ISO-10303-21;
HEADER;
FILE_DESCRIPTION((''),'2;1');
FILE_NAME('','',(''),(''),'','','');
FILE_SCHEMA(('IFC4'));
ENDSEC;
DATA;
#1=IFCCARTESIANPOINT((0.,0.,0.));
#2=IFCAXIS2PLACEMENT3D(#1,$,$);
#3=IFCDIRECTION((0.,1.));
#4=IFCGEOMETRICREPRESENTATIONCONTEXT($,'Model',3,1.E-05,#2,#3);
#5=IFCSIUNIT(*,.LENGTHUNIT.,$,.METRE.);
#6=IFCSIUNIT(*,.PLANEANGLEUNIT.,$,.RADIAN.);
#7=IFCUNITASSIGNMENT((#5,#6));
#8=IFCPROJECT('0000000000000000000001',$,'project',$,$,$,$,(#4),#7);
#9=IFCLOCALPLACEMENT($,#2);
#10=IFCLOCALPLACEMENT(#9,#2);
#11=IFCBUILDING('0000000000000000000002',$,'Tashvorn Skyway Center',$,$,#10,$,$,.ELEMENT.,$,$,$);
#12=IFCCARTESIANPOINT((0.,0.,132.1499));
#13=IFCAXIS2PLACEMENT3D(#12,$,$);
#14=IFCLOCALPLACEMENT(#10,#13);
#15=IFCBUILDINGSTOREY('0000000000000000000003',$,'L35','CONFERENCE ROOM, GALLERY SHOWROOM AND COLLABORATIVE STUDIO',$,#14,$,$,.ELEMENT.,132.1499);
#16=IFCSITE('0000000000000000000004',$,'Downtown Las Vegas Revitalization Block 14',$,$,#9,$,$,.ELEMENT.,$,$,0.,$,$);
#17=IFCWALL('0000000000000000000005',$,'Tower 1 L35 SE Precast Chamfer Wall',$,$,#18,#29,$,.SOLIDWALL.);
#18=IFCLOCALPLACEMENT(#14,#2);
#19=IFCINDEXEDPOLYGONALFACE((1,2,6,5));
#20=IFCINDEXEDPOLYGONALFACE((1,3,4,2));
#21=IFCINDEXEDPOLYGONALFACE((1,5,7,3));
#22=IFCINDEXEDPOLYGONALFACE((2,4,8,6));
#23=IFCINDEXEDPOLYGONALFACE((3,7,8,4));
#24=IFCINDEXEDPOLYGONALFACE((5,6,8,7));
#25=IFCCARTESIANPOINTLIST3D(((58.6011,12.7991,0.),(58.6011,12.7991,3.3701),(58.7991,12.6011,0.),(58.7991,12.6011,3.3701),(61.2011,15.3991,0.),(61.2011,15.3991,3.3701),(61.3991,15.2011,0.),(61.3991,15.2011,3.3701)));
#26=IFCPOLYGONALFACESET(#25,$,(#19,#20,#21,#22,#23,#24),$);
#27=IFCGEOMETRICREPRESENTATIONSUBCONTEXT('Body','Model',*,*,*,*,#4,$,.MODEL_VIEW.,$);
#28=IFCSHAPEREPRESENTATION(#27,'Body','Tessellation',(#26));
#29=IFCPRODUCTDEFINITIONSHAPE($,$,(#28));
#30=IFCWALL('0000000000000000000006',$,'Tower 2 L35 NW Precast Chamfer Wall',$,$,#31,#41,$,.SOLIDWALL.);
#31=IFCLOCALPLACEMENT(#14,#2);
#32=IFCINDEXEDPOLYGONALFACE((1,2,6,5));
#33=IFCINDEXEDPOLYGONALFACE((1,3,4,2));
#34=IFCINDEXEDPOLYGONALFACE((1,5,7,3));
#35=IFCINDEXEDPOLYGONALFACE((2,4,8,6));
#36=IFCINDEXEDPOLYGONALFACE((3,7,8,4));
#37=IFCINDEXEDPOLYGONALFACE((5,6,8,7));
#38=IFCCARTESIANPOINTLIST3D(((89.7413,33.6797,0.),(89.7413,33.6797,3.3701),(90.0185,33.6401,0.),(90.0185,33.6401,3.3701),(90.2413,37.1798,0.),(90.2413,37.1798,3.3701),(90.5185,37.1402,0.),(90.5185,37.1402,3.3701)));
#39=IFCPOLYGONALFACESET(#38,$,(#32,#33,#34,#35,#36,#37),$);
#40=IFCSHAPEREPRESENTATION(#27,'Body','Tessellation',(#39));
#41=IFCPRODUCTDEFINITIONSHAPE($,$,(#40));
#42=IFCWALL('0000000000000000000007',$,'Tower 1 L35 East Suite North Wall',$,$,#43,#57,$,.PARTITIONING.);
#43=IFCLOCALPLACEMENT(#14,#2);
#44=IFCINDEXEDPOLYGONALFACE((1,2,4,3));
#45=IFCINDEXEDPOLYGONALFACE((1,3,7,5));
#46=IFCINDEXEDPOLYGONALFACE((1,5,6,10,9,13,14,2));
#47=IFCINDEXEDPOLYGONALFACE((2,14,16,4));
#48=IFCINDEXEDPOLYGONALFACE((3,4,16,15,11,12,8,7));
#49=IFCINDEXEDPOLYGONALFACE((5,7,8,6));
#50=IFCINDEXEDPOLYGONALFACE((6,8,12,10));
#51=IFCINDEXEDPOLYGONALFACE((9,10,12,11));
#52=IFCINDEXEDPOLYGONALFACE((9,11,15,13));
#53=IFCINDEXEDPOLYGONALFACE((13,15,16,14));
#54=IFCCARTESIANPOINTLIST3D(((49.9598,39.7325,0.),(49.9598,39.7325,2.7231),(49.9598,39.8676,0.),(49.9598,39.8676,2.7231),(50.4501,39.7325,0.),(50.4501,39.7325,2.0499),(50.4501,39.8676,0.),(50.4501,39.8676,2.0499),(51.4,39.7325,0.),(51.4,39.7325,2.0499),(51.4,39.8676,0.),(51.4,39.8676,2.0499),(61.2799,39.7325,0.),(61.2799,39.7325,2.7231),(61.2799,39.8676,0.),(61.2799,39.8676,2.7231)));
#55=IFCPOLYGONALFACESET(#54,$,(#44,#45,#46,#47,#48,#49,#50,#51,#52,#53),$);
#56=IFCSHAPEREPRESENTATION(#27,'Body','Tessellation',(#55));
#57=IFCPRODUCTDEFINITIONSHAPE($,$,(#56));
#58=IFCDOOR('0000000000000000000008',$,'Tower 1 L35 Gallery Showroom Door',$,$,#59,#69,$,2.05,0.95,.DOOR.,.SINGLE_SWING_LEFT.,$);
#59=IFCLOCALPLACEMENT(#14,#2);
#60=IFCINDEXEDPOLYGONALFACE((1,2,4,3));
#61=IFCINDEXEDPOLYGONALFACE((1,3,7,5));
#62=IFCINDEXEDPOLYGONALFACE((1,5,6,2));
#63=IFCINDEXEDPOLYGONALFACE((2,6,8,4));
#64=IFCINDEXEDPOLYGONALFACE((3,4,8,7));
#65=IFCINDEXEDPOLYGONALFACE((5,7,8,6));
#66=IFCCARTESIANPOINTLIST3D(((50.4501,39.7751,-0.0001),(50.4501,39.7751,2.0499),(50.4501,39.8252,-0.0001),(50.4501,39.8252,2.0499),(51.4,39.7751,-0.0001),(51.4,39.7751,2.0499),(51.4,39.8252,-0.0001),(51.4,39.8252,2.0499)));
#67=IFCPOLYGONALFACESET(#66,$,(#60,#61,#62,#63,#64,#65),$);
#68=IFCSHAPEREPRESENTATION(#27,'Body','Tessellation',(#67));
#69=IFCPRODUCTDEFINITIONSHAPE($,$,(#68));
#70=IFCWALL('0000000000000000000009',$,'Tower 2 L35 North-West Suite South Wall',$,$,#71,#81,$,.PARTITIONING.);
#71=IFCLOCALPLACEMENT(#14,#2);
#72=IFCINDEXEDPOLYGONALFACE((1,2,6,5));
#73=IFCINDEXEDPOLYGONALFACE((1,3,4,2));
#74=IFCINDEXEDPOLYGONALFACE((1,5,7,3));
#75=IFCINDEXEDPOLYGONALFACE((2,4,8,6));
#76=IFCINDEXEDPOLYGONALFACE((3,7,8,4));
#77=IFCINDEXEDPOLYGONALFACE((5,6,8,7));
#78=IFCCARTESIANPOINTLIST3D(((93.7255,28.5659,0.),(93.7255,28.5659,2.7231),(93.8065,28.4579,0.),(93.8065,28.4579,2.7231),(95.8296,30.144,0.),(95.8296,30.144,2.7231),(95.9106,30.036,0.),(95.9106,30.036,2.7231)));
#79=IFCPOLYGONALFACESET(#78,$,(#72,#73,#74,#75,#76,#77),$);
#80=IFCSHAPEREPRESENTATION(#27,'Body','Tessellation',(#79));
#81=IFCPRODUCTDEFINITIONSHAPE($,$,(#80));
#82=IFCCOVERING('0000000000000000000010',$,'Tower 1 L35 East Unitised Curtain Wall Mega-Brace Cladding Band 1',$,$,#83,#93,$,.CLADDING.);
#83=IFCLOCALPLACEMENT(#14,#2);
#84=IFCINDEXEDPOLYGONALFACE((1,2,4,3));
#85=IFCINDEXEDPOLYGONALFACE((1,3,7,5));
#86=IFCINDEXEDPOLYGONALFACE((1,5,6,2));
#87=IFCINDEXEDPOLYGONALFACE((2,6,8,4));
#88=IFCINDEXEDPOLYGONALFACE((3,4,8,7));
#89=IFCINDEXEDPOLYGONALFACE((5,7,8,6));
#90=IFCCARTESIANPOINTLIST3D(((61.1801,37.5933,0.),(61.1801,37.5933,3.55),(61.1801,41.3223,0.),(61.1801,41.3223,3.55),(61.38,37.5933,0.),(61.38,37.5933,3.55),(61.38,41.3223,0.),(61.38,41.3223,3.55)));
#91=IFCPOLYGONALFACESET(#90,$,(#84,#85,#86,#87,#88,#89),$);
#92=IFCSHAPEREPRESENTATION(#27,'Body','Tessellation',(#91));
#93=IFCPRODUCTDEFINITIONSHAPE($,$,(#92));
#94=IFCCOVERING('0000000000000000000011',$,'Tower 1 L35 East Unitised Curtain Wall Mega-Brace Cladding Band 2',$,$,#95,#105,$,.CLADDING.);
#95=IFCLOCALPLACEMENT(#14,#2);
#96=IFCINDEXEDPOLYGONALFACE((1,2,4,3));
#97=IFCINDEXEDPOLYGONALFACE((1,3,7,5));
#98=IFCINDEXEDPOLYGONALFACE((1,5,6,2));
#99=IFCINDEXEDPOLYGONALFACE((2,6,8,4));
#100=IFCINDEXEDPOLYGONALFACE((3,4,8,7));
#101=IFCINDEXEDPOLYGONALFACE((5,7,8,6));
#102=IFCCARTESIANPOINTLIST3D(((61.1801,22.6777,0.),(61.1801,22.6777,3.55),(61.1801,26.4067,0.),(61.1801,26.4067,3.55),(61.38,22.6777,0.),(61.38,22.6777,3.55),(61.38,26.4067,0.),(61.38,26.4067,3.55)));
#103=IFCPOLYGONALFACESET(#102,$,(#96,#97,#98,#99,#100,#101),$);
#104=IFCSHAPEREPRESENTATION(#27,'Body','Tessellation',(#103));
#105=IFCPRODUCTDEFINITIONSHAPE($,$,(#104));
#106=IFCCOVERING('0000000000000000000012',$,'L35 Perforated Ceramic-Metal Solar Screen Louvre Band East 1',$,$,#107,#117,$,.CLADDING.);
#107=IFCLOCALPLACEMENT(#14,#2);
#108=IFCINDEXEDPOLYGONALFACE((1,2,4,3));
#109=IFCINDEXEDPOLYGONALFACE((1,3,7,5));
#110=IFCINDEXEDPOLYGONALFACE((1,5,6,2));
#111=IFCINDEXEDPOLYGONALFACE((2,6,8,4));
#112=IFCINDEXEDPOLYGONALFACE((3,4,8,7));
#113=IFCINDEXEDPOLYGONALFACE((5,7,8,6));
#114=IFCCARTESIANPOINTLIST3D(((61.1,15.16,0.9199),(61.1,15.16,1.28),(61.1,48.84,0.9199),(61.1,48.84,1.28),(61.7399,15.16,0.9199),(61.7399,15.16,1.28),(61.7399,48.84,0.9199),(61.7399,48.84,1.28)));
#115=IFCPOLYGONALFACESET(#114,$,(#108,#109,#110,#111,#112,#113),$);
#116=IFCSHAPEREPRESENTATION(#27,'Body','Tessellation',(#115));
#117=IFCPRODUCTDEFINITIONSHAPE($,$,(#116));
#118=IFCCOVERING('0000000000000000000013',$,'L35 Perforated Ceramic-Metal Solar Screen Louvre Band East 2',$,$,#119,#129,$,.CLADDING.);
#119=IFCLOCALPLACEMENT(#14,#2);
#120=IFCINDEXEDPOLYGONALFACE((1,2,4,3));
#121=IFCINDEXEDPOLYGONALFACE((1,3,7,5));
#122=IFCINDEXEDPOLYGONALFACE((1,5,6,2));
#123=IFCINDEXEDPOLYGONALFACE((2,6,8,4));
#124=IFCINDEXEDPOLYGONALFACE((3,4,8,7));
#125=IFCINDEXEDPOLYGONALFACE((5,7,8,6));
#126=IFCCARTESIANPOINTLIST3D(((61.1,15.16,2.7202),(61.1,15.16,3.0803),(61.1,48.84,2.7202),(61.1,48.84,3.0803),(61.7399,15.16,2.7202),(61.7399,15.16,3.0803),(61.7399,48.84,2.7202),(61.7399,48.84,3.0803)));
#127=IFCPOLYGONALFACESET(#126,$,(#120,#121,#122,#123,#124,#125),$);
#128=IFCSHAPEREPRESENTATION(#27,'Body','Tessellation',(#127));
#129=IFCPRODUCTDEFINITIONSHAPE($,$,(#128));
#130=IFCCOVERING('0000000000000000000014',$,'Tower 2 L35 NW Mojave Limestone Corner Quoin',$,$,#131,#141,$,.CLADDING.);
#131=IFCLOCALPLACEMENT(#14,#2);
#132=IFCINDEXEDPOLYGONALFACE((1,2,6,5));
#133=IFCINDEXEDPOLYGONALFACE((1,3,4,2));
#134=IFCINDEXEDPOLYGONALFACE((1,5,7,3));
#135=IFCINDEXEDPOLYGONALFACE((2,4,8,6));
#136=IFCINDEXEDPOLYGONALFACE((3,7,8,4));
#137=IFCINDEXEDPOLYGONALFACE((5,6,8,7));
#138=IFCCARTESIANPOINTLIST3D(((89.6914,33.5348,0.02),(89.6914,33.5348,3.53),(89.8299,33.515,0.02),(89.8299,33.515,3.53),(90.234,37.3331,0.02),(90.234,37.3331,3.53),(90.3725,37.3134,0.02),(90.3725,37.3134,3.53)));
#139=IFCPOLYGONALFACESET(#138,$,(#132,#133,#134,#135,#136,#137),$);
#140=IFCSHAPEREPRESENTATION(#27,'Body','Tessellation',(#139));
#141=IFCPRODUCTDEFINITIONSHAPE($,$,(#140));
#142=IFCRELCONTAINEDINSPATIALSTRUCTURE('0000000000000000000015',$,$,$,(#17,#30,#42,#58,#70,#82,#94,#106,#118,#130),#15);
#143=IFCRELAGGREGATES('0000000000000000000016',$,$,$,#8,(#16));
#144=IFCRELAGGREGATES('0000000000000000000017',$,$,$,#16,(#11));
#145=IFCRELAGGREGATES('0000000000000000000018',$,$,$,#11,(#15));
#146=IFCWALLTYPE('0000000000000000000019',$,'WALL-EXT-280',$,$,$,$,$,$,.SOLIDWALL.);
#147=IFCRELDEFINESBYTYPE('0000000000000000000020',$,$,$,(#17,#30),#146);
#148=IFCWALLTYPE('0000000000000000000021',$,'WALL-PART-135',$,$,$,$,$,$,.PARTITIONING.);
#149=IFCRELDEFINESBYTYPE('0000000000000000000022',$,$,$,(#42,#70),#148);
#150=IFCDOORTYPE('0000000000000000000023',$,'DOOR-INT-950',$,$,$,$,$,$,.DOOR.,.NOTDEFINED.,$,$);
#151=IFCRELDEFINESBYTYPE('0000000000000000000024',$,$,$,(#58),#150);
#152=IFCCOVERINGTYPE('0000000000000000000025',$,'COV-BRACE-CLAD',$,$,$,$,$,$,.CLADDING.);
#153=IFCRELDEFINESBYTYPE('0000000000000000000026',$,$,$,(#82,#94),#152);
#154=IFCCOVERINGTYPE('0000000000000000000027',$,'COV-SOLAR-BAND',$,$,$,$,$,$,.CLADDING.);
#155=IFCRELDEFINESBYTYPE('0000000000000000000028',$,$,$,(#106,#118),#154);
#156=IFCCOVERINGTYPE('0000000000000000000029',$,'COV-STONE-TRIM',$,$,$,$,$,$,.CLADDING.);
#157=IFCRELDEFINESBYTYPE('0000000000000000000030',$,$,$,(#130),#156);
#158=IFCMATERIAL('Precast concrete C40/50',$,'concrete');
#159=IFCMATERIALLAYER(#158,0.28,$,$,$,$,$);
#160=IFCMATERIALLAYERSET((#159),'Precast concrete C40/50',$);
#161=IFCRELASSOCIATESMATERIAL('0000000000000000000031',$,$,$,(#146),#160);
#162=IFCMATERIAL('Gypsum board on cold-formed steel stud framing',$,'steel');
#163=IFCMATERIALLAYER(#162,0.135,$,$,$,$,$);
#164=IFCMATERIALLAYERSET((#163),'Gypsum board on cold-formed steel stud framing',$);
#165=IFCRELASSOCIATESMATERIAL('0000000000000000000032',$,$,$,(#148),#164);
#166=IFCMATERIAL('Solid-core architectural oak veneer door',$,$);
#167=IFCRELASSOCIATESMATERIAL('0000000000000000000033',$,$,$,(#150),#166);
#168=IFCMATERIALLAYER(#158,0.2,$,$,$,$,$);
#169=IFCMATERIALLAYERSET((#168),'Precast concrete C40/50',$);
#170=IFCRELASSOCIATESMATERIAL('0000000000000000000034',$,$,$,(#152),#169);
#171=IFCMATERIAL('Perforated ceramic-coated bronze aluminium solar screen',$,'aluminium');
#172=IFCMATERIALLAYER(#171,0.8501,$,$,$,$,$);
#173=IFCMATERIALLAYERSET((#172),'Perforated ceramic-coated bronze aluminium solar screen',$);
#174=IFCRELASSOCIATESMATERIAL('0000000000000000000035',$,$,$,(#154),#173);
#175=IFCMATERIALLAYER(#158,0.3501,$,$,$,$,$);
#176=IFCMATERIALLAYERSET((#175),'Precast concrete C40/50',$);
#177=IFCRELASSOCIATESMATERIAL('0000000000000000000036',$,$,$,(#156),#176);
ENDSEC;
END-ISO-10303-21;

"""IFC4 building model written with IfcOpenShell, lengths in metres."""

from ifc_helpers import new_model, si_unit, direction, frame, frame_2d, origin, origin_2d, place, context, subcontext, project, spatial, rectangle, extrude, material, layer, layer_set, type_object, element, fill, save


model = new_model("IFC4")

# Units and contexts
model_context = context("Model", 3, precision=1e-05, world=origin(), true_north=direction((0.0, 1.0)))
body_context = subcontext(model_context, "Body", "Model", "MODEL_VIEW")
ifc_project = project(units=[si_unit("LENGTHUNIT", "METRE"), si_unit("PLANEANGLEUNIT", "RADIAN")], contexts=[model_context])

# Site, building, storey
site_placement = place(None, origin())
site = spatial("IfcSite", under=ifc_project, at=site_placement, Name="Downtown Las Vegas Revitalization Block 14", CompositionType="ELEMENT", RefElevation=0.0)
building_placement = place(site_placement, origin())
building = spatial("IfcBuilding", under=site, at=building_placement, Name="Tashvorn Skyway Center", CompositionType="ELEMENT")
storey_placement = place(building_placement, frame((0.0, 0.0, 132.1499)))
storey = spatial("IfcBuildingStorey", under=building, at=storey_placement, Name="L35", Description="CONFERENCE ROOM, GALLERY SHOWROOM AND COLLABORATIVE STUDIO", CompositionType="ELEMENT", Elevation=132.1499)

# Walls
ifc_material_1 = material(Name="Precast concrete C40/50", Category="concrete")
ifc_layer_1 = layer(ifc_material_1, 0.28)
ifc_layer_set_1 = layer_set([ifc_layer_1], Name="Precast concrete C40/50")
wall_type_1 = type_object("IfcWallType", Name="WALL-EXT-280", PredefinedType="SOLIDWALL", material=ifc_layer_set_1)
wall_1_placement = place(storey_placement, frame((61.3, 15.3, 0.0), z_axis=(0.0, 0.0, 1.0), x_axis=(-0.707107, -0.707107, 0.0)))
element("IfcWall", 1, at=wall_1_placement, inside=storey, type_object=wall_type_1, Name="Tower 1 L35 SE Precast Chamfer Wall", PredefinedType="SOLIDWALL", context=body_context, shape_type="SweptSolid", body=[
    extrude(rectangle(XDim=3.677, YDim=0.28, at=frame_2d((1.8384, 0.0))), origin(), (0.0, 0.0, 1.0), 3.3701),
])
wall_2_placement = place(storey_placement, frame((89.8799, 33.6599, 0.0), z_axis=(0.0, 0.0, 1.0), x_axis=(0.141421, 0.989949, 0.0)))
element("IfcWall", 2, at=wall_2_placement, inside=storey, type_object=wall_type_1, Name="Tower 2 L35 NW Precast Chamfer Wall", PredefinedType="SOLIDWALL", context=body_context, shape_type="SweptSolid", body=[
    extrude(rectangle(XDim=3.5356, YDim=0.28, at=frame_2d((1.7678, 0.0))), origin(), (0.0, 0.0, 1.0), 3.3701),
])

# Wall, opening, door
ifc_material_2 = material(Name="Gypsum board on cold-formed steel stud framing", Category="steel")
ifc_layer_2 = layer(ifc_material_2, 0.135)
ifc_layer_set_2 = layer_set([ifc_layer_2], Name="Gypsum board on cold-formed steel stud framing")
wall_type_2 = type_object("IfcWallType", Name="WALL-PART-135", PredefinedType="PARTITIONING", material=ifc_layer_set_2)
wall_3_placement = place(storey_placement, frame((61.28, 39.8, 0.0), z_axis=(0.0, 0.0, 1.0), x_axis=(-1.0, 0.0, 0.0)))
wall_3 = element("IfcWall", 3, at=wall_3_placement, inside=storey, type_object=wall_type_2, Name="Tower 1 L35 East Suite North Wall", PredefinedType="PARTITIONING", context=body_context, shape_type="SweptSolid", body=[
    extrude(rectangle(XDim=11.3201, YDim=0.135, at=frame_2d((5.6602, 0.0))), origin(), (0.0, 0.0, 1.0), 2.7231),
])
opening_placement = place(wall_3_placement, frame((9.8799, 0.0, 0.0)))
opening = element("IfcOpeningElement", 4, at=opening_placement, cuts=wall_3, PredefinedType="OPENING", context=body_context, shape_type="SweptSolid", body=[
    extrude(rectangle(XDim=0.95, YDim=2.05, at=frame_2d((0.4751, 1.0249))), frame((0.0, 0.0774, 0.0), z_axis=(0.0, -1.0, 0.0), x_axis=(1.0, 0.0, 0.0)), (0.0, 0.0, 1.0), 0.155),
])
ifc_material_3 = material(Name="Solid-core architectural oak veneer door")
door_type = type_object("IfcDoorType", Name="DOOR-INT-950", OperationType="NOTDEFINED", PredefinedType="DOOR", material=ifc_material_3)
door_placement = place(opening_placement, origin())
door = element("IfcDoor", 5, at=door_placement, inside=storey, type_object=door_type, Name="Tower 1 L35 Gallery Showroom Door", OperationType="SINGLE_SWING_LEFT", OverallHeight=2.05, OverallWidth=0.95, PredefinedType="DOOR", context=body_context, shape_type="SweptSolid", body=[
    extrude(rectangle(XDim=0.95, YDim=2.05, at=frame_2d((0.4751, 1.0249))), frame((0.0, 0.0249, 0.0), z_axis=(0.0, -1.0, 0.0), x_axis=(1.0, 0.0, 0.0)), (0.0, 0.0, 1.0), 0.05),
])
fill(opening, door)

# Wall
wall_4_placement = place(storey_placement, frame((93.7661, 28.512, 0.0), z_axis=(0.0, 0.0, 1.0), x_axis=(0.799978, 0.60003, 0.0)))
element("IfcWall", 6, at=wall_4_placement, inside=storey, type_object=wall_type_2, Name="Tower 2 L35 North-West Suite South Wall", PredefinedType="PARTITIONING", context=body_context, shape_type="SweptSolid", body=[
    extrude(rectangle(XDim=2.6301, YDim=0.135, at=frame_2d((1.3149, 0.0))), origin(), (0.0, 0.0, 1.0), 2.7231),
])

# Coverings
ifc_layer_3 = layer(ifc_material_1, 0.2)
ifc_layer_set_3 = layer_set([ifc_layer_3], Name="Precast concrete C40/50")
covering_type_1 = type_object("IfcCoveringType", Name="COV-BRACE-CLAD", PredefinedType="CLADDING", material=ifc_layer_set_3)
for number, where, z_axis, x_axis, name in (
    (7, (61.28, 39.4578, 0.0), (0.0, 0.0, 1.0), (0.0, -1.0, 0.0), "Tower 1 L35 East Unitised Curtain Wall Mega-Brace Cladding Band 1"),
    (8, (61.28, 24.5422, 0.0), (0.0, 0.0, 1.0), (0.0, -1.0, 0.0), "Tower 1 L35 East Unitised Curtain Wall Mega-Brace Cladding Band 2"),
):
    element("IfcCovering", number, at=place(storey_placement, frame(where, z_axis=z_axis, x_axis=x_axis)), inside=storey, type_object=covering_type_1, Name=name, PredefinedType="CLADDING", context=body_context, shape_type="SweptSolid", body=[
        extrude(rectangle(XDim=3.729, YDim=0.2, at=origin_2d()), origin(), (0.0, 0.0, 1.0), 3.55),
    ])
ifc_material_4 = material(Name="Perforated ceramic-coated bronze aluminium solar screen", Category="aluminium")
ifc_layer_4 = layer(ifc_material_4, 0.8501)
ifc_layer_set_4 = layer_set([ifc_layer_4], Name="Perforated ceramic-coated bronze aluminium solar screen")
covering_type_2 = type_object("IfcCoveringType", Name="COV-SOLAR-BAND", PredefinedType="CLADDING", material=ifc_layer_set_4)
for number, where, z_axis, x_axis, name in (
    (9, (61.4199, 32.0, 0.9199), (0.0, 0.0, 1.0), (0.0, -1.0, 0.0), "L35 Perforated Ceramic-Metal Solar Screen Louvre Band East 1"),
    (10, (61.4199, 32.0, 2.7202), (0.0, 0.0, 1.0), (0.0, -1.0, 0.0), "L35 Perforated Ceramic-Metal Solar Screen Louvre Band East 2"),
):
    element("IfcCovering", number, at=place(storey_placement, frame(where, z_axis=z_axis, x_axis=x_axis)), inside=storey, type_object=covering_type_2, Name=name, PredefinedType="CLADDING", context=body_context, shape_type="SweptSolid", body=[
        extrude(rectangle(XDim=33.6799, YDim=0.6399, at=origin_2d()), origin(), (0.0, 0.0, 1.0), 0.3601),
    ])
ifc_layer_5 = layer(ifc_material_1, 0.3501)
ifc_layer_set_5 = layer_set([ifc_layer_5], Name="Precast concrete C40/50")
covering_type_3 = type_object("IfcCoveringType", Name="COV-STONE-TRIM", PredefinedType="CLADDING", material=ifc_layer_set_5)
covering_placement = place(storey_placement, frame((90.032, 35.4241, 0.02), z_axis=(0.0, 0.0, 1.0), x_axis=(-0.141421, -0.989949, 0.0)))
element("IfcCovering", 11, at=covering_placement, inside=storey, type_object=covering_type_3, Name="Tower 2 L35 NW Mojave Limestone Corner Quoin", PredefinedType="CLADDING", context=body_context, shape_type="SweptSolid", body=[
    extrude(rectangle(XDim=3.8369, YDim=0.1399, at=origin_2d()), origin(), (0.0, 0.0, 1.0), 3.51),
])

save(model, "model.ifc")
